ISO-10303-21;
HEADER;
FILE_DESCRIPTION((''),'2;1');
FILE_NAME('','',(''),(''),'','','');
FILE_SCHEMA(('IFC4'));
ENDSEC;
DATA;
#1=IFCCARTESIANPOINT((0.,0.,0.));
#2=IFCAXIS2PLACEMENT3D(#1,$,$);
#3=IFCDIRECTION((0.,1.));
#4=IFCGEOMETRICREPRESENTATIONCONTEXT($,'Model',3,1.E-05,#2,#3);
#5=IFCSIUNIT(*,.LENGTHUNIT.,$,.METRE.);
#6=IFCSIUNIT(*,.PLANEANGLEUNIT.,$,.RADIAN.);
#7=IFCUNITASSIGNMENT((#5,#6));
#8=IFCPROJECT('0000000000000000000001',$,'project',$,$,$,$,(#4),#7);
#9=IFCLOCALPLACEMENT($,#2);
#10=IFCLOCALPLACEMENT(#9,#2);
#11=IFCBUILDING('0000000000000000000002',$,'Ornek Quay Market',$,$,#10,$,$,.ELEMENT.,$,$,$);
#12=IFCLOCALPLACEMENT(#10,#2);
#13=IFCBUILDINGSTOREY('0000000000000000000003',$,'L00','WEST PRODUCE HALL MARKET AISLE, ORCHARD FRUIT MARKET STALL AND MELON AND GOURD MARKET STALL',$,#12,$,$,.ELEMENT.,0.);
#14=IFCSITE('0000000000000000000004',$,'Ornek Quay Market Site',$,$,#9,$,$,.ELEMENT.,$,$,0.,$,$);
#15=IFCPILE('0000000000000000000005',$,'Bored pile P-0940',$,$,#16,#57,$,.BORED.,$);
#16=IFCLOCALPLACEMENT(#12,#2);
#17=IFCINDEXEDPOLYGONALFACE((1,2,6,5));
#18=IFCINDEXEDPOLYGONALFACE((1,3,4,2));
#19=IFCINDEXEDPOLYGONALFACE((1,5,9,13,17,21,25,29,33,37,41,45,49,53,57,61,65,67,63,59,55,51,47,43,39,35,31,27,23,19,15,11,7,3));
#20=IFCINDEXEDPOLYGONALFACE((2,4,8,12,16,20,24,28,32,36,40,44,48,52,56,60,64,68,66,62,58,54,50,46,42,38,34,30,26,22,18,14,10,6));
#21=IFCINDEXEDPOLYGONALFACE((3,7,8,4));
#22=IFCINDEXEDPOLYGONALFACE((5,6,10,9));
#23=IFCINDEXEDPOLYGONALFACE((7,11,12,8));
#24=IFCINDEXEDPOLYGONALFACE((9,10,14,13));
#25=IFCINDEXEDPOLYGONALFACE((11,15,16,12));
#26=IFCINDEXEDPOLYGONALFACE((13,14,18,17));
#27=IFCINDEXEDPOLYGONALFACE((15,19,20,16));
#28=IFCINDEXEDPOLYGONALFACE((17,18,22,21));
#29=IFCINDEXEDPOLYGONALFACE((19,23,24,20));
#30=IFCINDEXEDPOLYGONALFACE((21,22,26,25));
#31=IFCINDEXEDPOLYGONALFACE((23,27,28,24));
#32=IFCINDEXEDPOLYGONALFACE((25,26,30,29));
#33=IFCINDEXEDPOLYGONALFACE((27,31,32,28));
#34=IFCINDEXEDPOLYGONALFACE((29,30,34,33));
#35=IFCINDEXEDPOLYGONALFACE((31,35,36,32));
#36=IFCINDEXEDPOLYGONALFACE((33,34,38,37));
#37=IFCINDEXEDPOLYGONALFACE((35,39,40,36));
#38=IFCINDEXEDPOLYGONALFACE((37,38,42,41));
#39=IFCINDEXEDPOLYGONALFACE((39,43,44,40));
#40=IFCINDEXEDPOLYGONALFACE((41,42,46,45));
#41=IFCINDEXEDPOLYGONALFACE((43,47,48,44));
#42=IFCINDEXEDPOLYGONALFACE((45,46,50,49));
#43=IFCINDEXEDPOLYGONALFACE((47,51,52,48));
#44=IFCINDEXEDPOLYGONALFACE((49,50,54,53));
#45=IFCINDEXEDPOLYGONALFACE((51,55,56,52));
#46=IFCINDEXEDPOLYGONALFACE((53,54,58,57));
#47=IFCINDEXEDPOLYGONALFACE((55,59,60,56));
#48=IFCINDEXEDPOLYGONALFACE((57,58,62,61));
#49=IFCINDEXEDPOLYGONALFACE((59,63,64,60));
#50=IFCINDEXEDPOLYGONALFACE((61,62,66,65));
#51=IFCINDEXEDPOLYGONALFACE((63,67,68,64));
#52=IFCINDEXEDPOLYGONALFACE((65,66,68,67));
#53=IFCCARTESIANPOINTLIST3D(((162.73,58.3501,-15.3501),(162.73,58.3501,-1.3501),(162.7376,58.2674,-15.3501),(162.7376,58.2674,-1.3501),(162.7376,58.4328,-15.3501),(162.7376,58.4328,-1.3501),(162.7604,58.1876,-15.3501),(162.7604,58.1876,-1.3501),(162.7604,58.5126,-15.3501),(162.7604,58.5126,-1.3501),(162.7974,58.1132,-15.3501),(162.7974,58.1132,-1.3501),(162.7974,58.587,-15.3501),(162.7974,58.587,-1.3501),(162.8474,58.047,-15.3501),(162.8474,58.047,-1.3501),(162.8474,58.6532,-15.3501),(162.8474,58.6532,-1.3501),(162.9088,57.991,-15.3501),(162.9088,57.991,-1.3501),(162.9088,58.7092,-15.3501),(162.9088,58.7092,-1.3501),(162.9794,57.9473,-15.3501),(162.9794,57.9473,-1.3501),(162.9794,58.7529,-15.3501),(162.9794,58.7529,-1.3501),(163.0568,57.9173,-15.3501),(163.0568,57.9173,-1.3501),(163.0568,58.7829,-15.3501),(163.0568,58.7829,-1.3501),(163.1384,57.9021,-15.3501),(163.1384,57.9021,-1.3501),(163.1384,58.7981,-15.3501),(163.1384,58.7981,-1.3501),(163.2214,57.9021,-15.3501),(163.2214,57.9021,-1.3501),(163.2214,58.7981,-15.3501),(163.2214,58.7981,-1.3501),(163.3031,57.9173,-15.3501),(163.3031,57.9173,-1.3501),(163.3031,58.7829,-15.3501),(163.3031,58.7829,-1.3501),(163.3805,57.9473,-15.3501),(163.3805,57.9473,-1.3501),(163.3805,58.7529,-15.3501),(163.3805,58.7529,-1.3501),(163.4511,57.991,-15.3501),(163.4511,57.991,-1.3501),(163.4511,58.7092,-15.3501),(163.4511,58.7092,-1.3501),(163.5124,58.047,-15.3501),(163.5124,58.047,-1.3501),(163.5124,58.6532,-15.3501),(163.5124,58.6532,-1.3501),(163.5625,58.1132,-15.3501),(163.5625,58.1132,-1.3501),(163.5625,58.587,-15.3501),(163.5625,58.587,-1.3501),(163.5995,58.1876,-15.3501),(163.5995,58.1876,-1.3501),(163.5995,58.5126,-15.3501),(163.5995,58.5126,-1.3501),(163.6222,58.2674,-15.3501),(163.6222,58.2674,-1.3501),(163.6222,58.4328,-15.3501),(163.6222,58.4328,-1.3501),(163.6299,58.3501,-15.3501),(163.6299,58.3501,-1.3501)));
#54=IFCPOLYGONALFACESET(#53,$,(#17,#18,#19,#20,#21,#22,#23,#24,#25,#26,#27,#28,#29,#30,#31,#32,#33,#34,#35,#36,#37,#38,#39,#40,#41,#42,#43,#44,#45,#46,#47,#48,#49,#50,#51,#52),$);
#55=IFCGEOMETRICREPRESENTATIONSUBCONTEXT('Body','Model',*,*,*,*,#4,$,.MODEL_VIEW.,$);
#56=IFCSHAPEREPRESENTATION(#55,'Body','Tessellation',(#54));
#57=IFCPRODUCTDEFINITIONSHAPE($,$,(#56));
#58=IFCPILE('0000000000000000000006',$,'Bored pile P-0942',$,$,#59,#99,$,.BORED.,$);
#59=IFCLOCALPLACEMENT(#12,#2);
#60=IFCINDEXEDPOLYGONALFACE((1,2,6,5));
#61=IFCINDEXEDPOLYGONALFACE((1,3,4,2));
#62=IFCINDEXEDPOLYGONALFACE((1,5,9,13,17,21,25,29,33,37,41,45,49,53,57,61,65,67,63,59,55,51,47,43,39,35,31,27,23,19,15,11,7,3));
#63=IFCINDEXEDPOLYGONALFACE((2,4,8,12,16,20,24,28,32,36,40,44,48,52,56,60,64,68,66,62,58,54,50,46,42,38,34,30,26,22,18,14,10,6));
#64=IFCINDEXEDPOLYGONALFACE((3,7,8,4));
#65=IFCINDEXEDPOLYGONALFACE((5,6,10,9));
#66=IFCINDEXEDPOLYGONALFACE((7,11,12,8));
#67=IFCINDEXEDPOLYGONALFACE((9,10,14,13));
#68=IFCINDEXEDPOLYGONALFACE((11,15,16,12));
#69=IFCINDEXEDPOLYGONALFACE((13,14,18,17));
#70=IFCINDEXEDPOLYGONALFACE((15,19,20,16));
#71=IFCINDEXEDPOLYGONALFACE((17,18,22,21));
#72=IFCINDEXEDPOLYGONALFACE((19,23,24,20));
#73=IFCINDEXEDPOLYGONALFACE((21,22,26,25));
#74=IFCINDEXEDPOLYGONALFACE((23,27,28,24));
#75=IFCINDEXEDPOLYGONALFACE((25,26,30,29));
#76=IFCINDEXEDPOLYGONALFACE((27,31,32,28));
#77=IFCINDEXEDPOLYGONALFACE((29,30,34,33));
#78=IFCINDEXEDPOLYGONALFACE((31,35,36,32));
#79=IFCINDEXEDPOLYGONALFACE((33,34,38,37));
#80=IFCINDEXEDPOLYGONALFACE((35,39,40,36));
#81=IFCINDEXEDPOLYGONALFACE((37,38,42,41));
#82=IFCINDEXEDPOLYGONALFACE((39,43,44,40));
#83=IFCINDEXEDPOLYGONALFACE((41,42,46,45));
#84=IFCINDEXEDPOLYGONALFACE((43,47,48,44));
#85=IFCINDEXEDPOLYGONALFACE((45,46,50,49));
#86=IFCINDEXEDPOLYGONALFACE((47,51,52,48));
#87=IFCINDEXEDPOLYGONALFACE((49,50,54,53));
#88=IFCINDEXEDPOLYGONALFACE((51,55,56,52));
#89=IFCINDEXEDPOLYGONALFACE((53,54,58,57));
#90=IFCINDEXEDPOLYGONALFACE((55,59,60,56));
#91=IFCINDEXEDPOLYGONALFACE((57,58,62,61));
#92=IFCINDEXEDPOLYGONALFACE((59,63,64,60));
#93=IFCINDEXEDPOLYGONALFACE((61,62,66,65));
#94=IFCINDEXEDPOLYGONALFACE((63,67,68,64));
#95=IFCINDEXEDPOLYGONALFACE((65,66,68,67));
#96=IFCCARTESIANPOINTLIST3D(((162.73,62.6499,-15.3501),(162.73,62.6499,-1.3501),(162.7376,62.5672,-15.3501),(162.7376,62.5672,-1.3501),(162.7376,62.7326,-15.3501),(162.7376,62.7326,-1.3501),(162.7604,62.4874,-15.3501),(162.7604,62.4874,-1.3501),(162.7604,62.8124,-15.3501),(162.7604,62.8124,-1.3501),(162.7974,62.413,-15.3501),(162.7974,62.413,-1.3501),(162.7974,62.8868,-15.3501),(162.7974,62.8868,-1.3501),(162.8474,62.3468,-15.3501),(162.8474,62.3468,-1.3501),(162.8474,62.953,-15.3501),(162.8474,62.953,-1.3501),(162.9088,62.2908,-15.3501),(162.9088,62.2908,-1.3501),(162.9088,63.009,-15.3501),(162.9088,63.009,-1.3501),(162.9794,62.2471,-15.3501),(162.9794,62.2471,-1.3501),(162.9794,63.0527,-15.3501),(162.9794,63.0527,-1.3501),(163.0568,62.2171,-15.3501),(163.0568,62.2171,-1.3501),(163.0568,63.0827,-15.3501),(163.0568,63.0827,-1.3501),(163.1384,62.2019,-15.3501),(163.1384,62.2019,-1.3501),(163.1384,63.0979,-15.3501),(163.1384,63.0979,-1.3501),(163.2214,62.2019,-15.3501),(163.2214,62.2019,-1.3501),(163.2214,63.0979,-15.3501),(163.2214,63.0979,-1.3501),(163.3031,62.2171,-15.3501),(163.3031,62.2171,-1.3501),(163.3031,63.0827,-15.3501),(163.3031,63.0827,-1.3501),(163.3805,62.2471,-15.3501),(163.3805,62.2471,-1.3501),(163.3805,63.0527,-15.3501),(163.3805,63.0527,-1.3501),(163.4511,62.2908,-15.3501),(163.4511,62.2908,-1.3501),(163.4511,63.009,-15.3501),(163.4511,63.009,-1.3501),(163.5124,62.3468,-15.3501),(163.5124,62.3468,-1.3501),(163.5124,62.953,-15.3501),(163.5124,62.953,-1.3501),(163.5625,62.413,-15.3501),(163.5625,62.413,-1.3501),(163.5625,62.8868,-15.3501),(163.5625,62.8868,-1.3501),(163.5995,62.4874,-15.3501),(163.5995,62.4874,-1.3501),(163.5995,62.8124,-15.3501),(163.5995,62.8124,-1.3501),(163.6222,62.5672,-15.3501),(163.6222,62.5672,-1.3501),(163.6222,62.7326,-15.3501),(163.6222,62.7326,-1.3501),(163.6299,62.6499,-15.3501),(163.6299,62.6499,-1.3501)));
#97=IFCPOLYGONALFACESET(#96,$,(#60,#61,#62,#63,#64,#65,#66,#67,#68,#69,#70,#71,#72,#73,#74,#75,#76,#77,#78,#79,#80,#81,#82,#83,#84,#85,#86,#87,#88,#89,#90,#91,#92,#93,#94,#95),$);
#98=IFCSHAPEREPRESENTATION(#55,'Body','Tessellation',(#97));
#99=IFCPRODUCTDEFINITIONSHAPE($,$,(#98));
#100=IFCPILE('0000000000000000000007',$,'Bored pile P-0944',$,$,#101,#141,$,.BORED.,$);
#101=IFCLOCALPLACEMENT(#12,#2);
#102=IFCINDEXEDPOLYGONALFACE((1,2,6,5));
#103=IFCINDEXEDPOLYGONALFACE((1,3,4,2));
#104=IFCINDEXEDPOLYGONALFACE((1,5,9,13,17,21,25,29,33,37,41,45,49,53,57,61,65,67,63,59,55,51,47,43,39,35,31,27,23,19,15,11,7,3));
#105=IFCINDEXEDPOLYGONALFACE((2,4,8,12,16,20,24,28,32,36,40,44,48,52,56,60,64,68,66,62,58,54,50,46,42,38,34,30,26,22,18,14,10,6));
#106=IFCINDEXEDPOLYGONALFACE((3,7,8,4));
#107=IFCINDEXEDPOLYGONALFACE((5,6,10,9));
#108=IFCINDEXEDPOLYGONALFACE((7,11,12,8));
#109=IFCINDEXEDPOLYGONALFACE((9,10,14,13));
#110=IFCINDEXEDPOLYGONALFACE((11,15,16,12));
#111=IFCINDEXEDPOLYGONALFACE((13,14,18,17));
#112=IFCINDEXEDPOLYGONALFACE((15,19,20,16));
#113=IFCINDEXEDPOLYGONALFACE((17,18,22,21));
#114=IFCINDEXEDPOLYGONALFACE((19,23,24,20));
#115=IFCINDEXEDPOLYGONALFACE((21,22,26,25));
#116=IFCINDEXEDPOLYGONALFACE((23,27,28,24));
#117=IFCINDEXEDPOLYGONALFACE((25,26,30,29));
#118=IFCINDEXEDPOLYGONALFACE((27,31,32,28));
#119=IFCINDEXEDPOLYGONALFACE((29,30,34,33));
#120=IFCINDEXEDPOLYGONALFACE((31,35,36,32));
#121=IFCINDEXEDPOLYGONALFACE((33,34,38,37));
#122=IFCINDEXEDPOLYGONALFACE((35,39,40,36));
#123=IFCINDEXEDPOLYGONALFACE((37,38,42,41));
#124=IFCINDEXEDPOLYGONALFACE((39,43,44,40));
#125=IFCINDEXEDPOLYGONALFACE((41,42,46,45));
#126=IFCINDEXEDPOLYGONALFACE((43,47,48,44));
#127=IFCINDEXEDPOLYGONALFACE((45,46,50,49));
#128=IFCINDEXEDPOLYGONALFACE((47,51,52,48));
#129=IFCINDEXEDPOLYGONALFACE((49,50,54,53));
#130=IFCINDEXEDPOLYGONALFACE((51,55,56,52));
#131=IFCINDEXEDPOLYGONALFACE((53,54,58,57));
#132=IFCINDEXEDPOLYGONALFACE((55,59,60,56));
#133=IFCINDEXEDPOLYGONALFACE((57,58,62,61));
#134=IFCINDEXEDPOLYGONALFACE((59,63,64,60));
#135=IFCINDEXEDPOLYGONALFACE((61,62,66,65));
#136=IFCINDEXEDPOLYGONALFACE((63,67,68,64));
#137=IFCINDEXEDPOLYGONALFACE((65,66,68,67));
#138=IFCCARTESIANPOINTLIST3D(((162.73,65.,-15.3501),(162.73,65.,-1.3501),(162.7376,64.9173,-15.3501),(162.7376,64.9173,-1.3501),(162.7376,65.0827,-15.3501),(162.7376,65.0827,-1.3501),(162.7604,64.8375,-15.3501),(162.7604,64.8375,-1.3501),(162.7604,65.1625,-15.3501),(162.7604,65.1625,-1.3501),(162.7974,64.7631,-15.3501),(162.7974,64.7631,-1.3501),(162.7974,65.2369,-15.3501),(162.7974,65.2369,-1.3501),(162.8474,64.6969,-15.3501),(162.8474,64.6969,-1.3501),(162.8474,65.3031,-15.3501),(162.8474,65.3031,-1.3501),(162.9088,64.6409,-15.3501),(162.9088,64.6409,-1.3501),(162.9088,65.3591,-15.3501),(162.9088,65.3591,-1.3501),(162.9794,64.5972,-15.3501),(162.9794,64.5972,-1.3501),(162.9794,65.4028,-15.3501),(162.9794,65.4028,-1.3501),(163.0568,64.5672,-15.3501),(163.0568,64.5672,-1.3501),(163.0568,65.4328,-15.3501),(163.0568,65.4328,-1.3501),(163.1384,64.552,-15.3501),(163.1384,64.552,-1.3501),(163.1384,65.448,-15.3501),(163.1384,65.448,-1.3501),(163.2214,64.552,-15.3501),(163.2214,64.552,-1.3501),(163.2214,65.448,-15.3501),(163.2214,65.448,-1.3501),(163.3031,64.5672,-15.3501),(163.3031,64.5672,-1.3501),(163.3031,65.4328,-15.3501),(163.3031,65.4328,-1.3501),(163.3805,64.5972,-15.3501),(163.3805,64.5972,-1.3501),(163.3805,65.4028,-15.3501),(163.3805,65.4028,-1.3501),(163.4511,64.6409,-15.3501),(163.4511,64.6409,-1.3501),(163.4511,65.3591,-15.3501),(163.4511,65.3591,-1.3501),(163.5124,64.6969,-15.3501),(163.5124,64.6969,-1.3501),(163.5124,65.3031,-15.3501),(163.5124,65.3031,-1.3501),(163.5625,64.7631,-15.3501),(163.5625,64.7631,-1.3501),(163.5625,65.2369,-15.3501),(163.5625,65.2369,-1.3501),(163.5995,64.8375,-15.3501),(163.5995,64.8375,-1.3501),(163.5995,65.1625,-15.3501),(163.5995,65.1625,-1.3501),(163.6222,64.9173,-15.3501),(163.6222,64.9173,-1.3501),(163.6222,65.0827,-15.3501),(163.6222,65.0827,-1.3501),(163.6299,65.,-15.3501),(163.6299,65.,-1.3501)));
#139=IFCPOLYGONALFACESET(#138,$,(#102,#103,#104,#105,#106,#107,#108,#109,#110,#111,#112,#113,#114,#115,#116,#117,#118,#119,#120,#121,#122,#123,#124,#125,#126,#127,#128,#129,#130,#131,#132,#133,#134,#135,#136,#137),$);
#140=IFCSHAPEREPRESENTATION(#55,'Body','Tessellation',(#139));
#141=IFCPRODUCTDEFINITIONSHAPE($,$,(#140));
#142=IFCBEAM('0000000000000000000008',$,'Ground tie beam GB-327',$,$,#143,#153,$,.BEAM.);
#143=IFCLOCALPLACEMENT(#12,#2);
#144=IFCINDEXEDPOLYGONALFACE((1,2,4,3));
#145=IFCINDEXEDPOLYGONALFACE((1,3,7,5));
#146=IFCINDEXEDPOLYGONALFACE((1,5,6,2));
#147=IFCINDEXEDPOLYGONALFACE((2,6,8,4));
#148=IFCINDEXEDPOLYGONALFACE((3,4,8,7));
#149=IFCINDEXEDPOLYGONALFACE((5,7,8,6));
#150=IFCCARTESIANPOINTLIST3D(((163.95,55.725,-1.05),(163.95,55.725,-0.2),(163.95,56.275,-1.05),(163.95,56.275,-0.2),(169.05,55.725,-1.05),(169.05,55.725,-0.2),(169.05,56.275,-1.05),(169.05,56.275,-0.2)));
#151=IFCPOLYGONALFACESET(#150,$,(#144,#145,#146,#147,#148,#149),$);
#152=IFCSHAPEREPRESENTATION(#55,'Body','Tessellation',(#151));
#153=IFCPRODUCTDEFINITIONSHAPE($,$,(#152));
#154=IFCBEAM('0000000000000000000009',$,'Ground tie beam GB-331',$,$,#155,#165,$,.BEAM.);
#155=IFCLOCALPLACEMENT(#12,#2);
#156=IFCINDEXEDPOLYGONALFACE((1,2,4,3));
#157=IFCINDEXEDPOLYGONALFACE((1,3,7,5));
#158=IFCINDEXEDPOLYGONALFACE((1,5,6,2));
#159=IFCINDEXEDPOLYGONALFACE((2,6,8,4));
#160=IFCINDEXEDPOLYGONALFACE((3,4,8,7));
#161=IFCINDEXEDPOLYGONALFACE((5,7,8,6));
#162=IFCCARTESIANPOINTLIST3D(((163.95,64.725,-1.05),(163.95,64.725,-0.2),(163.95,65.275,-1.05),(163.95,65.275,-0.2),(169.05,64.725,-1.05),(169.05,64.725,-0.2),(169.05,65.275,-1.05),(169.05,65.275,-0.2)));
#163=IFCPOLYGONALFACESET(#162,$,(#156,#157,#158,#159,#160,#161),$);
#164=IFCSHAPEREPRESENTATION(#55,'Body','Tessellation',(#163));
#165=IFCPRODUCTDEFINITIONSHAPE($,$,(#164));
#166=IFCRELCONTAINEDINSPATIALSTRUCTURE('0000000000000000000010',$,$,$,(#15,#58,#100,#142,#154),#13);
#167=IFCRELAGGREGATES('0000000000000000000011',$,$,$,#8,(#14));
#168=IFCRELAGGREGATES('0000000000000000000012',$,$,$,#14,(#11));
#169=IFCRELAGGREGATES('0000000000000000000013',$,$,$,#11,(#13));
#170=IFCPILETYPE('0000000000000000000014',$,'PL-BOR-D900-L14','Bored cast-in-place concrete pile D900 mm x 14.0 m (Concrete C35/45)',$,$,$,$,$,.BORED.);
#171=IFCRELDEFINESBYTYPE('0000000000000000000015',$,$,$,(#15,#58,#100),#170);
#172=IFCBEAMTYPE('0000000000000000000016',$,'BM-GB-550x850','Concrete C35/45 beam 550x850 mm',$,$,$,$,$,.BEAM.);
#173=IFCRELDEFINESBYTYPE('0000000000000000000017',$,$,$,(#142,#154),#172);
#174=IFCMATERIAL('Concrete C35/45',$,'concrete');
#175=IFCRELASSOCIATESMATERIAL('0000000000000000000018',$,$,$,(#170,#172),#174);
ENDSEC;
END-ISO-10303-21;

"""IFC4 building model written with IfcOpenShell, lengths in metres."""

from ifc_helpers import new_model, si_unit, direction, frame, origin, origin_2d, place, context, subcontext, project, spatial, rectangle, circle, extrude, material, material_profile, profile_set, type_object, element, save


model = new_model("IFC4")

# Units and contexts
model_context = context("Model", 3, precision=1e-05, world=origin(), true_north=direction((0.0, 1.0)))
body_context = subcontext(model_context, "Body", "Model", "MODEL_VIEW")
ifc_project = project(units=[si_unit("LENGTHUNIT", "METRE"), si_unit("PLANEANGLEUNIT", "RADIAN")], contexts=[model_context])

# Site, building, storey
site_placement = place(None, origin())
site = spatial("IfcSite", under=ifc_project, at=site_placement, Name="Ornek Quay Market Site", CompositionType="ELEMENT", RefElevation=0.0)
building_placement = place(site_placement, origin())
building = spatial("IfcBuilding", under=site, at=building_placement, Name="Ornek Quay Market", CompositionType="ELEMENT")
storey_placement = place(building_placement, origin())
storey = spatial("IfcBuildingStorey", under=building, at=storey_placement, Name="L00", Description="WEST PRODUCE HALL MARKET AISLE, ORCHARD FRUIT MARKET STALL AND MELON AND GOURD MARKET STALL", CompositionType="ELEMENT", Elevation=0.0)

# Piles
ifc_material_1 = material(Name="Concrete C35/45", Category="concrete")
ifc_material_profile_1 = material_profile(ifc_material_1, circle(Radius=0.45, at=origin_2d()), Name="PILE D900", Category="concrete")
ifc_profile_set_1 = profile_set([ifc_material_profile_1], Name="Concrete C35/45")
pile_type = type_object("IfcPileType", Name="PL-BOR-D900-L14", Description="Bored cast-in-place concrete pile D900 mm x 14.0 m (Concrete C35/45)", PredefinedType="BORED", material=ifc_profile_set_1)
for number, where, z_axis, x_axis, name in (
    (1, (163.1799, 58.3501, -1.3501), (0.0, 0.0, -1.0), (1.0, 0.0, 0.0), "Bored pile P-0940"),
    (2, (163.1799, 62.6499, -1.3501), (0.0, 0.0, -1.0), (1.0, 0.0, 0.0), "Bored pile P-0942"),
    (3, (163.1799, 65.0, -1.3501), (0.0, 0.0, -1.0), (1.0, 0.0, 0.0), "Bored pile P-0944"),
):
    element("IfcPile", number, at=place(storey_placement, frame(where, z_axis=z_axis, x_axis=x_axis)), inside=storey, type_object=pile_type, Name=name, PredefinedType="BORED", context=body_context, shape_type="SweptSolid", body=[
        extrude(circle(Radius=0.45, at=origin_2d()), origin(), (0.0, 0.0, 1.0), 14.0),
    ])

# Beams
ifc_material_profile_2 = material_profile(ifc_material_1, rectangle(XDim=0.55, YDim=0.8501, at=origin_2d()), Name="RC 550x850", Category="concrete")
ifc_profile_set_2 = profile_set([ifc_material_profile_2], Name="Concrete C35/45")
beam_type_1 = type_object("IfcBeamType", Name="BM-GB-550x850", Description="Concrete C35/45 beam 550x850 mm", PredefinedType="BEAM", material=ifc_profile_set_2)
for number, where, z_axis, x_axis, name in (
    (4, (163.95, 56.0, -0.625), (1.0, 0.0, 0.0), (0.0, 1.0, 0.0), "Ground tie beam GB-327"),
    (5, (163.95, 65.0, -0.625), (1.0, 0.0, 0.0), (0.0, 1.0, 0.0), "Ground tie beam GB-331"),
):
    element("IfcBeam", number, at=place(storey_placement, frame(where, z_axis=z_axis, x_axis=x_axis)), inside=storey, type_object=beam_type_1, Name=name, PredefinedType="BEAM", context=body_context, shape_type="SweptSolid", body=[
        extrude(rectangle(XDim=0.55, YDim=0.8501, at=origin_2d()), origin(), (0.0, 0.0, 1.0), 5.1001),
    ])

save(model, "model.ifc")
